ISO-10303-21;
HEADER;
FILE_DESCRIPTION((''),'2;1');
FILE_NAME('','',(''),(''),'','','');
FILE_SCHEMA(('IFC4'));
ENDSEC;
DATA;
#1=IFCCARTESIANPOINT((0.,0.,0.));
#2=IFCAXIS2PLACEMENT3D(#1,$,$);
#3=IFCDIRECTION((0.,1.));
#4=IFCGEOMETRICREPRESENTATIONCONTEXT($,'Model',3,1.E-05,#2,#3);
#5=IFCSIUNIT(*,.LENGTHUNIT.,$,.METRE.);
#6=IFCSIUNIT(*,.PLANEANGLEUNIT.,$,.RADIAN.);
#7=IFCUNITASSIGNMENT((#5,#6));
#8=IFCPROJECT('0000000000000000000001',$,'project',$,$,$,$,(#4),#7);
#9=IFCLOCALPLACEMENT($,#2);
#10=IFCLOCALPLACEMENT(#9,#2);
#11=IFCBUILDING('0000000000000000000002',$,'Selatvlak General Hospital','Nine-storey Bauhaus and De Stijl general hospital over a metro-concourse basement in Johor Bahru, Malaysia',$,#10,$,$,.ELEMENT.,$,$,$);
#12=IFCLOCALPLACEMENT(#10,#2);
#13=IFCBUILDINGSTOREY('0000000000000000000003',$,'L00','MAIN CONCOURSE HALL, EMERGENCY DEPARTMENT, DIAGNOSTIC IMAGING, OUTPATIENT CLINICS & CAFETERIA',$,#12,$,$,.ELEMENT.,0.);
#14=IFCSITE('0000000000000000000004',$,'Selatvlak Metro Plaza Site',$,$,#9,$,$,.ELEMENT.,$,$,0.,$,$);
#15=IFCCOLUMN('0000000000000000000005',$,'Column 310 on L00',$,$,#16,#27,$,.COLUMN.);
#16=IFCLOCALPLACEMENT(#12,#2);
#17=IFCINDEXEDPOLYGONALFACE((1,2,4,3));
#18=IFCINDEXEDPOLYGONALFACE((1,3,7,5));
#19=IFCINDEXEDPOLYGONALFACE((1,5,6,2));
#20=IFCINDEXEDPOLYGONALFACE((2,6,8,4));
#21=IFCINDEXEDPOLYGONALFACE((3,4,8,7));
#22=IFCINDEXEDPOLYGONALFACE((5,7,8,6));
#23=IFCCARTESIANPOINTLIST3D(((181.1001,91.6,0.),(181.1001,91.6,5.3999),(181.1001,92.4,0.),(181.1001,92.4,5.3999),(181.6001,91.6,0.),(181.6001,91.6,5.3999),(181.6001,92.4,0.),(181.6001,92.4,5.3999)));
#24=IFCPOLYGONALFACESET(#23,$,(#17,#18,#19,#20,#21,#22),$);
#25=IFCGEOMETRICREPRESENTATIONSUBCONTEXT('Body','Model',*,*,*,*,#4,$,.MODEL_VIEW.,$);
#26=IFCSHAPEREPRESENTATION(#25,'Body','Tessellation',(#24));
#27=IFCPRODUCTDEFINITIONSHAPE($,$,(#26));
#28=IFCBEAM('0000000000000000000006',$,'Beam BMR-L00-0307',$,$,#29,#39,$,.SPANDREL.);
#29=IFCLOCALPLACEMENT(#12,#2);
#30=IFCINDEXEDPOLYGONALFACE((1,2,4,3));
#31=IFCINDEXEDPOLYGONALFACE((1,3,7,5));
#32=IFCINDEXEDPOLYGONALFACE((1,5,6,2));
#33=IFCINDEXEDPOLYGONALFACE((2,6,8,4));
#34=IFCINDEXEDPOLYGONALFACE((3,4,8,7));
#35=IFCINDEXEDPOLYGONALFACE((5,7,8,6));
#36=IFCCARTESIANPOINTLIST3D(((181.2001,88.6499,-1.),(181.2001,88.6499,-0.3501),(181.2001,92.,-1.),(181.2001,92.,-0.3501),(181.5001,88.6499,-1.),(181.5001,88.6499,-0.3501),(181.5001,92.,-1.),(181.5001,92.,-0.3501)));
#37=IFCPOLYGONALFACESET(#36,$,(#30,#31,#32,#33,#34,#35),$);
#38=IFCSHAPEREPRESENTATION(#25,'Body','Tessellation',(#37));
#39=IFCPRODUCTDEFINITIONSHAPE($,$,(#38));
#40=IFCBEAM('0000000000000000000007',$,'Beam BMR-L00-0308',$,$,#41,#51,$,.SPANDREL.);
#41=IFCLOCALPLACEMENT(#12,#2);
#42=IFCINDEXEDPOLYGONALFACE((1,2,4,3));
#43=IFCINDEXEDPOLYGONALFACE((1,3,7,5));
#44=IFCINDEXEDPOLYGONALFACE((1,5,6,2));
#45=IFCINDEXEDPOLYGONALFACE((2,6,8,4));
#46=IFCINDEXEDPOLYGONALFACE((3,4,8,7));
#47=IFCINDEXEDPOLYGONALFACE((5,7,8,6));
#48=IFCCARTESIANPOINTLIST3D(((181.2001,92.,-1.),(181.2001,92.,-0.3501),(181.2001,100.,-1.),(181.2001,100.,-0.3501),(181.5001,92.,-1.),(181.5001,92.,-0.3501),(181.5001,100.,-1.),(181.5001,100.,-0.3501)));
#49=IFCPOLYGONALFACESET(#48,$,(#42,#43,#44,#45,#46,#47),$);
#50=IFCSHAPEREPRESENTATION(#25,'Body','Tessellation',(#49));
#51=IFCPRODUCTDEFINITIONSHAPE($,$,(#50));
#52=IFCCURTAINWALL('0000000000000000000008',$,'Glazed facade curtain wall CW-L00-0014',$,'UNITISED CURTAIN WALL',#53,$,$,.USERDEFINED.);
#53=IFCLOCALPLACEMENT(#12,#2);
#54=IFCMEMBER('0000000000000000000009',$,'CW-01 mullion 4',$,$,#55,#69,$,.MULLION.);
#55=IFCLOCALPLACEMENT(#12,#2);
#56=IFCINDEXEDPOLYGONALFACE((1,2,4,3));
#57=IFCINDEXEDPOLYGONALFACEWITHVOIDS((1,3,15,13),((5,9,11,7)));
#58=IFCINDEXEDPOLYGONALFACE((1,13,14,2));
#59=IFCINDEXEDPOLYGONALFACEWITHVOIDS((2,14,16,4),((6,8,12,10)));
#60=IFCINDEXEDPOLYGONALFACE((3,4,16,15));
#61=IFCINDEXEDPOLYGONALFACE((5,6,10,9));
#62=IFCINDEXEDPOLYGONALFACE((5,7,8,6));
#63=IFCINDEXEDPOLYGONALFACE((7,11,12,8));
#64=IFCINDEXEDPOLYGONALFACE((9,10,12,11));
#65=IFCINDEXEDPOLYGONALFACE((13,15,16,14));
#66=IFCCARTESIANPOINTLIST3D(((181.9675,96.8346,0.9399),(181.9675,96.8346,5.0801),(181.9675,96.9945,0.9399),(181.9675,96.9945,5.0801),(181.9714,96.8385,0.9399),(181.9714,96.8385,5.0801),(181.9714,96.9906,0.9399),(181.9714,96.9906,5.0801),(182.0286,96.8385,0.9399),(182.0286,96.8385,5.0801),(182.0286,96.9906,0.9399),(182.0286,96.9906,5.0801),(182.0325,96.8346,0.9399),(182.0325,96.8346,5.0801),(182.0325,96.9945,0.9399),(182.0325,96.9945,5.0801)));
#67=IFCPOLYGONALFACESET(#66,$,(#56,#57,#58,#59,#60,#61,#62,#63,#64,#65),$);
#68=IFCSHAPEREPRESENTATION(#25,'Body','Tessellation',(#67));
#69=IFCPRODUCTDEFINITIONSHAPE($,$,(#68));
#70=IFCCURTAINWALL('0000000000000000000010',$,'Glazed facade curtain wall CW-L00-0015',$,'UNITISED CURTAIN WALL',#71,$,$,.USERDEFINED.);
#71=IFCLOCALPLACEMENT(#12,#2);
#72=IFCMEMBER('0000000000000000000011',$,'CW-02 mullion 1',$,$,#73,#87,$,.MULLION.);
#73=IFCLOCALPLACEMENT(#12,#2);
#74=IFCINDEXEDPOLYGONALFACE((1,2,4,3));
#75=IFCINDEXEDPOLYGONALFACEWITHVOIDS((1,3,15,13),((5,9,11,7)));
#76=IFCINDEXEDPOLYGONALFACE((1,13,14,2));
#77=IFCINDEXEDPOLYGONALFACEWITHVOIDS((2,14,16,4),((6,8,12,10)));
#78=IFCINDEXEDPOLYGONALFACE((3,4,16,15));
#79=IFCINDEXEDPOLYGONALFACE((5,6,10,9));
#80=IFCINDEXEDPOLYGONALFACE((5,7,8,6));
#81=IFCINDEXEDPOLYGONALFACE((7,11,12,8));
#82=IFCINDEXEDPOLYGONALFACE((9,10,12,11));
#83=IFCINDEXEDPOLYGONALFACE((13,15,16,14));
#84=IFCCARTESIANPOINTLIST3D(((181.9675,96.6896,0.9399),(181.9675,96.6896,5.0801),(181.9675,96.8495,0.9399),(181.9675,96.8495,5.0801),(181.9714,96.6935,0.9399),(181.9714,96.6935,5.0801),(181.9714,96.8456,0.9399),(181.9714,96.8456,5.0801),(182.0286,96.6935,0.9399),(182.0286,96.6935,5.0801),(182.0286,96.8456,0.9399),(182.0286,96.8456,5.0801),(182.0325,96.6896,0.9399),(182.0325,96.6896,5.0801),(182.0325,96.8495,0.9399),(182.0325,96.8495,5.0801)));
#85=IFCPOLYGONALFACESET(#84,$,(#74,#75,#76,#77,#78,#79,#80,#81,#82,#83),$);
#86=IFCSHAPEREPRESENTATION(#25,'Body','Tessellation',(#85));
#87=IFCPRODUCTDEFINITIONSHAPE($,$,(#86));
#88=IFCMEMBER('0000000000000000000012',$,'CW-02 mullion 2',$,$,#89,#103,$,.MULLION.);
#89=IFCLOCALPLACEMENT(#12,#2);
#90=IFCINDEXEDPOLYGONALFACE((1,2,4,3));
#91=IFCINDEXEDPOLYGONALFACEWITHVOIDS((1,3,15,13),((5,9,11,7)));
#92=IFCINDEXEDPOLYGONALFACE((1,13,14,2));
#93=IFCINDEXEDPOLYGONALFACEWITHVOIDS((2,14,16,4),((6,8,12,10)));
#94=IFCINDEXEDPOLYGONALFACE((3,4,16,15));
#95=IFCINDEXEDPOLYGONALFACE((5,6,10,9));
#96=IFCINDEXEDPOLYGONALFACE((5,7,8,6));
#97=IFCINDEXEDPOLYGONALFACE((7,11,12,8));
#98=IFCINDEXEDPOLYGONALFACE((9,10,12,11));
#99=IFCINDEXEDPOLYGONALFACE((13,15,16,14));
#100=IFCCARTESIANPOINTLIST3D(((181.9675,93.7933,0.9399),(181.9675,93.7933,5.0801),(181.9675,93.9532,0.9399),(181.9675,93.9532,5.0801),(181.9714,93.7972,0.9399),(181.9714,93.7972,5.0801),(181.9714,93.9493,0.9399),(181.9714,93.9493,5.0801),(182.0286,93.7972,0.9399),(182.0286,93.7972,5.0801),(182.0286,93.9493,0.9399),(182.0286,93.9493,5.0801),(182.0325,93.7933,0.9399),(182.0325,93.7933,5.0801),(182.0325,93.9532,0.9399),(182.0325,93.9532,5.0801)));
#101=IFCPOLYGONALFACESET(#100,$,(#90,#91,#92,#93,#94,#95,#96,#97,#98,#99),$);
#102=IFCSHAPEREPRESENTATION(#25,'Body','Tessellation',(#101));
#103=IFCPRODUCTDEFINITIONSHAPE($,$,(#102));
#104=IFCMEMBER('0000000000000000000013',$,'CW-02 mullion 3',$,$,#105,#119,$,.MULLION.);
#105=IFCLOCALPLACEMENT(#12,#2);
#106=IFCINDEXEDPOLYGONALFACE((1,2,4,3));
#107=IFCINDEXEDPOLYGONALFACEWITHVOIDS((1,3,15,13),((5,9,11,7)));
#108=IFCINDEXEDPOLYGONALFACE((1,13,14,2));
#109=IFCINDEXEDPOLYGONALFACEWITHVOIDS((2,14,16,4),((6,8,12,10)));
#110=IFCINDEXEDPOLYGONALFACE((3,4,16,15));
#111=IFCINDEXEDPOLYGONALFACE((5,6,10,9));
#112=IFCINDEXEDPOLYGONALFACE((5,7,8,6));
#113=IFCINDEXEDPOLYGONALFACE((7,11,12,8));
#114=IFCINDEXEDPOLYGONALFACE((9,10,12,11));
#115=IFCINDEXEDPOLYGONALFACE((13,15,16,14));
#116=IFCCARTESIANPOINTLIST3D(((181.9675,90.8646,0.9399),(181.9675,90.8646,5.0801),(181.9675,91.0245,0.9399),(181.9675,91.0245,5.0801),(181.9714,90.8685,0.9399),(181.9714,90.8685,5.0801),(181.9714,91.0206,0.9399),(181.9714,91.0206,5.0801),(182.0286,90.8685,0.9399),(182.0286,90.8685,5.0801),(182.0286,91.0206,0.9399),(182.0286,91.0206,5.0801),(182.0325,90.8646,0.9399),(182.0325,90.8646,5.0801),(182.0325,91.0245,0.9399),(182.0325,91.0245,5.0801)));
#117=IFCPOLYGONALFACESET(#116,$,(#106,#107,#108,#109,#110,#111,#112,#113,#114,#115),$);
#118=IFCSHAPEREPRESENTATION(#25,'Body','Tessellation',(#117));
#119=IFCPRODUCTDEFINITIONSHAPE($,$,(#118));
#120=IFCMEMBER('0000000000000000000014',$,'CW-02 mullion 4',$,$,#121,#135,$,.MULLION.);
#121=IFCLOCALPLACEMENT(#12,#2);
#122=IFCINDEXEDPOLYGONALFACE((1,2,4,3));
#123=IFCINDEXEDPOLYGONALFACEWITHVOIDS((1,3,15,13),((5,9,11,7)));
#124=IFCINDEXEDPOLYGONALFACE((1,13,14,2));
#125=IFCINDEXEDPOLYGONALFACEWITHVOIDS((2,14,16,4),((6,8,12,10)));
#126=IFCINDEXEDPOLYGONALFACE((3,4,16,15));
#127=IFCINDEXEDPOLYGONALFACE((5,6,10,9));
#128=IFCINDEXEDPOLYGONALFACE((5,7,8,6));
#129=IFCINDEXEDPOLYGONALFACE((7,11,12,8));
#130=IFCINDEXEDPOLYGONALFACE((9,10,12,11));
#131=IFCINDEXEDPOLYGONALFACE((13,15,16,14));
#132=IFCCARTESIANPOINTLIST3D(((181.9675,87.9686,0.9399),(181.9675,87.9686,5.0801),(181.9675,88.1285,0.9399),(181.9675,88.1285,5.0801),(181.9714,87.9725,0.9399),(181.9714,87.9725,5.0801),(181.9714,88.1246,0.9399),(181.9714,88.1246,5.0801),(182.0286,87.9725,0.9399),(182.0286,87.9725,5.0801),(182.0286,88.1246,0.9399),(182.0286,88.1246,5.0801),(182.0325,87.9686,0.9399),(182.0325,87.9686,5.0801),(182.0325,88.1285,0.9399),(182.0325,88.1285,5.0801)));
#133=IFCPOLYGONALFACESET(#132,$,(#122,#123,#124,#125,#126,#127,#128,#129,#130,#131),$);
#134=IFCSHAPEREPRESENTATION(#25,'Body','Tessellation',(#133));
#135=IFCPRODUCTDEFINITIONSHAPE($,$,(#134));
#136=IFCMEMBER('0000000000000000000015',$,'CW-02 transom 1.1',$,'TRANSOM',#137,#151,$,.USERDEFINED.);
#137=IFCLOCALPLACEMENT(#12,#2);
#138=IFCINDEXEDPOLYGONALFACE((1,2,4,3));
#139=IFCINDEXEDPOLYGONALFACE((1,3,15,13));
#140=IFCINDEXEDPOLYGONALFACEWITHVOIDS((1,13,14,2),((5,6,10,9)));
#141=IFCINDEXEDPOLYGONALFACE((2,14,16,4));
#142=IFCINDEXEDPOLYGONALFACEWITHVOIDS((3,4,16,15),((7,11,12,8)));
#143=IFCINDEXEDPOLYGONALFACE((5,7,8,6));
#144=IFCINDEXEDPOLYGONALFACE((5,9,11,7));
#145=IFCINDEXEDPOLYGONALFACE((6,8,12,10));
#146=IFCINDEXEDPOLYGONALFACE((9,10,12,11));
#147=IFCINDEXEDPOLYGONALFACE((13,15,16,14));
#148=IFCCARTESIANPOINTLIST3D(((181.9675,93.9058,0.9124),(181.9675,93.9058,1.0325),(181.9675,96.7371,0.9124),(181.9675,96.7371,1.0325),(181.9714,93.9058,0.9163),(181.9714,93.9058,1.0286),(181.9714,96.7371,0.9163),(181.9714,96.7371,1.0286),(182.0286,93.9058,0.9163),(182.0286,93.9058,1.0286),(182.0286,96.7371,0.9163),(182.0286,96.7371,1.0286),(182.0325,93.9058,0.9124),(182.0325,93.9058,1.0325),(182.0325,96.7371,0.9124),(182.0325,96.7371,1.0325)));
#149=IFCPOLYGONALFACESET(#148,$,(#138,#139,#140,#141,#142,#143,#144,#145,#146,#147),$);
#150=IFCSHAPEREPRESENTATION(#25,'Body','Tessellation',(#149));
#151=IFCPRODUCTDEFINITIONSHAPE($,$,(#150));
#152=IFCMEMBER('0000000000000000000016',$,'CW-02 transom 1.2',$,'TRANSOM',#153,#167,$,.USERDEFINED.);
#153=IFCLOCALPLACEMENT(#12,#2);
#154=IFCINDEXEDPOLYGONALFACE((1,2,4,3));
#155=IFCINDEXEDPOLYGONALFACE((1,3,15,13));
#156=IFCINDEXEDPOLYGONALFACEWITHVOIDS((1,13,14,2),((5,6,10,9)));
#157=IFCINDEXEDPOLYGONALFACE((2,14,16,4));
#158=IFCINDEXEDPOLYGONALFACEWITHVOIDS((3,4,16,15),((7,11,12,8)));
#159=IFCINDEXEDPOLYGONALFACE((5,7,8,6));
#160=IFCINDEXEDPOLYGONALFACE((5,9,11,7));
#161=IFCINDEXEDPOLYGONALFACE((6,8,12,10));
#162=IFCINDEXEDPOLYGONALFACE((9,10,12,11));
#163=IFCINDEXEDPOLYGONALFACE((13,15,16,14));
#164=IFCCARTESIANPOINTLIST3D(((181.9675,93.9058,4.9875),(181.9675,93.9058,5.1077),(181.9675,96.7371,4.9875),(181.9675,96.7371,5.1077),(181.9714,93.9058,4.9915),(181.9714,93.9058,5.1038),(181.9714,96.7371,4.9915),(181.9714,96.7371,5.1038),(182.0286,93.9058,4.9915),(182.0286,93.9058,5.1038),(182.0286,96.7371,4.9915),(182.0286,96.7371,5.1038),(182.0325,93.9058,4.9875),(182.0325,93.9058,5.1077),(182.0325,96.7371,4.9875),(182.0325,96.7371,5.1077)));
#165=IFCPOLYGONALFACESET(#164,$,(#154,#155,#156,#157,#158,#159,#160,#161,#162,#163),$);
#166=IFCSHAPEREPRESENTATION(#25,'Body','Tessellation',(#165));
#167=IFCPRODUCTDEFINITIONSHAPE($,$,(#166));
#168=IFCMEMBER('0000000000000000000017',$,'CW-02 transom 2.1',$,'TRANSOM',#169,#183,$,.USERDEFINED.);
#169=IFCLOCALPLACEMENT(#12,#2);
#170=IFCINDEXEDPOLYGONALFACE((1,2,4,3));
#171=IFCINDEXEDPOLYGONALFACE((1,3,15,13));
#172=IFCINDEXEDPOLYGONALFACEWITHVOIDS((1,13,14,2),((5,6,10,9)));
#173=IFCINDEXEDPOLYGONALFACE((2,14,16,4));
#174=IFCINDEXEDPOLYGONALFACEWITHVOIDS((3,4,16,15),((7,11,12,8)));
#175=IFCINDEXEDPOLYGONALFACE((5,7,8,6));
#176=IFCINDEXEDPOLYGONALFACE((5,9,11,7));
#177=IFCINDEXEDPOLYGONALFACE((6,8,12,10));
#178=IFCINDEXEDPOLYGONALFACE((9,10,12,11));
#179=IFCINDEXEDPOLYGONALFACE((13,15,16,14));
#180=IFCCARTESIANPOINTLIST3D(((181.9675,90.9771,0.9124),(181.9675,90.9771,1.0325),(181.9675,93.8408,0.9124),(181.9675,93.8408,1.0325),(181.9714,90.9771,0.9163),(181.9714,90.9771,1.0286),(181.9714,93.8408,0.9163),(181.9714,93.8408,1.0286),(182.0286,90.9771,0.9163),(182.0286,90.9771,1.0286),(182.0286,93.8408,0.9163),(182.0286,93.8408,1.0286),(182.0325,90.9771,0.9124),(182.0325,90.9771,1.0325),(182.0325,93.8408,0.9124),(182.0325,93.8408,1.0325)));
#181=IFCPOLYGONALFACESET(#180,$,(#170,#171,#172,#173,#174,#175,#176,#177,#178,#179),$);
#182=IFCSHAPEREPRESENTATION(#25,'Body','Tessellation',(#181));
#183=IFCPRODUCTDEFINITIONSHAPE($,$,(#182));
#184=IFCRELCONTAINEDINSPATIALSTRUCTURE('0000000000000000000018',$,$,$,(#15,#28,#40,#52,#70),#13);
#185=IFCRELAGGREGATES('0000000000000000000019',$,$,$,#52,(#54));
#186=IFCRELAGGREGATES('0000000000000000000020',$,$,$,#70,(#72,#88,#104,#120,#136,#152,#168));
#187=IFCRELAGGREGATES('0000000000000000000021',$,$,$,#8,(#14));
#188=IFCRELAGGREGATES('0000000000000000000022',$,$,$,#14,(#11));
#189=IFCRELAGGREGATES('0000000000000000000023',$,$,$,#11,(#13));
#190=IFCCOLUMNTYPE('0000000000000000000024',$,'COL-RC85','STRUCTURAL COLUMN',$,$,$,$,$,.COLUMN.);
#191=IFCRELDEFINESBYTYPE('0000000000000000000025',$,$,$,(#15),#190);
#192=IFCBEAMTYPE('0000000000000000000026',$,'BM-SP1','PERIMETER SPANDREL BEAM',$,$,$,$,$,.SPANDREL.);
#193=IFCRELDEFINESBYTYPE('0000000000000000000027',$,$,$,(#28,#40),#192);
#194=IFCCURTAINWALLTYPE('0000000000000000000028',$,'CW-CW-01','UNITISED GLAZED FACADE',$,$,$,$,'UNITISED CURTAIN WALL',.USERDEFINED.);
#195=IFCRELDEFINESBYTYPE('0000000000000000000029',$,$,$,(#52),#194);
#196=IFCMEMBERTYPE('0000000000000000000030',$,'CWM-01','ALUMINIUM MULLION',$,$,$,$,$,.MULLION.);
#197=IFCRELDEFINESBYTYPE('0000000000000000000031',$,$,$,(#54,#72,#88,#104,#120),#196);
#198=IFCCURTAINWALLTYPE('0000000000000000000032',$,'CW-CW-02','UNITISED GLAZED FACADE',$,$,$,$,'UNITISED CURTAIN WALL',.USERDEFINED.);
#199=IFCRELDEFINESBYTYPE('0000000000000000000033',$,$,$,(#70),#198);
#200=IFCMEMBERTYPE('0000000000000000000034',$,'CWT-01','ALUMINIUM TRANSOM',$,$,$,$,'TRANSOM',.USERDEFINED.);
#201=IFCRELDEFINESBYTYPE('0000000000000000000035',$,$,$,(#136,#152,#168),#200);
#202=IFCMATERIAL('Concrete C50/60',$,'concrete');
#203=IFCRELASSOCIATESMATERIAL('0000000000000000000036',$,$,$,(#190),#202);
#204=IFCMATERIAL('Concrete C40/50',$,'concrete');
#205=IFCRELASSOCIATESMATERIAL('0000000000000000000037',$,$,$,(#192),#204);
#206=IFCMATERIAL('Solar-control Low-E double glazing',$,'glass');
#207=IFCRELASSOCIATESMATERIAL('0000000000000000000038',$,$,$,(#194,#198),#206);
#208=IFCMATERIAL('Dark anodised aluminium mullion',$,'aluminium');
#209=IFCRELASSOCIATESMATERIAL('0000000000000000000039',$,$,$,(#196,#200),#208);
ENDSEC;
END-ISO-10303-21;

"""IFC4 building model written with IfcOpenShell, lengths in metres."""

from ifc_helpers import new_model, si_unit, direction, frame, origin, origin_2d, place, context, subcontext, project, spatial, rectangle, hollow_rectangle, extrude, material, material_profile, profile_set, type_object, element, aggregate, save


model = new_model("IFC4")

# Units and contexts
model_context = context("Model", 3, precision=1e-05, world=origin(), true_north=direction((0.0, 1.0)))
body_context = subcontext(model_context, "Body", "Model", "MODEL_VIEW")
ifc_project = project(units=[si_unit("LENGTHUNIT", "METRE"), si_unit("PLANEANGLEUNIT", "RADIAN")], contexts=[model_context])

# Site, building, storey
site_placement = place(None, origin())
site = spatial("IfcSite", under=ifc_project, at=site_placement, Name="Selatvlak Metro Plaza Site", CompositionType="ELEMENT", RefElevation=0.0)
building_placement = place(site_placement, origin())
building = spatial("IfcBuilding", under=site, at=building_placement, Name="Selatvlak General Hospital", Description="Nine-storey Bauhaus and De Stijl general hospital over a metro-concourse basement in Johor Bahru, Malaysia", CompositionType="ELEMENT")
storey_placement = place(building_placement, origin())
storey = spatial("IfcBuildingStorey", under=building, at=storey_placement, Name="L00", Description="MAIN CONCOURSE HALL, EMERGENCY DEPARTMENT, DIAGNOSTIC IMAGING, OUTPATIENT CLINICS & CAFETERIA", CompositionType="ELEMENT", Elevation=0.0)

# Column
ifc_material_1 = material(Name="Concrete C50/60", Category="concrete")
ifc_material_profile_1 = material_profile(ifc_material_1, rectangle(XDim=0.5, YDim=0.8, at=origin_2d()), Name="RC-COL 800x500")
ifc_profile_set_1 = profile_set([ifc_material_profile_1], Name="Concrete C50/60")
column_type = type_object("IfcColumnType", Name="COL-RC85", Description="STRUCTURAL COLUMN", PredefinedType="COLUMN", material=ifc_profile_set_1)
column_placement = place(storey_placement, frame((181.3501, 92.0, 0.0), z_axis=(0.0, 0.0, 1.0), x_axis=(1.0, 0.0, 0.0)))
element("IfcColumn", 1, at=column_placement, inside=storey, type_object=column_type, Name="Column 310 on L00", PredefinedType="COLUMN", context=body_context, shape_type="SweptSolid", body=[
    extrude(rectangle(XDim=0.5, YDim=0.8, at=origin_2d()), origin(), (0.0, 0.0, 1.0), 5.3999),
])

# Beams
ifc_material_2 = material(Name="Concrete C40/50", Category="concrete")
ifc_material_profile_2 = material_profile(ifc_material_2, rectangle(XDim=0.3, YDim=0.6499, at=origin_2d()), Name="RC-SP 300x650")
ifc_profile_set_2 = profile_set([ifc_material_profile_2], Name="Concrete C40/50")
beam_type = type_object("IfcBeamType", Name="BM-SP1", Description="PERIMETER SPANDREL BEAM", PredefinedType="SPANDREL", material=ifc_profile_set_2)
beam_1_placement = place(storey_placement, frame((181.3501, 88.6499, -0.675), z_axis=(0.0, 1.0, 0.0), x_axis=(-1.0, 0.0, 0.0)))
element("IfcBeam", 2, at=beam_1_placement, inside=storey, type_object=beam_type, Name="Beam BMR-L00-0307", PredefinedType="SPANDREL", context=body_context, shape_type="SweptSolid", body=[
    extrude(rectangle(XDim=0.3, YDim=0.6499, at=origin_2d()), origin(), (0.0, 0.0, 1.0), 3.3501),
])
beam_2_placement = place(storey_placement, frame((181.3501, 92.0, -0.675), z_axis=(0.0, 1.0, 0.0), x_axis=(-1.0, 0.0, 0.0)))
element("IfcBeam", 3, at=beam_2_placement, inside=storey, type_object=beam_type, Name="Beam BMR-L00-0308", PredefinedType="SPANDREL", context=body_context, shape_type="SweptSolid", body=[
    extrude(rectangle(XDim=0.3, YDim=0.6499, at=origin_2d()), origin(), (0.0, 0.0, 1.0), 8.0),
])

# Curtain wall, member
ifc_material_3 = material(Name="Solar-control Low-E double glazing", Category="glass")
curtain_wall_type_1 = type_object("IfcCurtainWallType", Name="CW-CW-01", Description="UNITISED GLAZED FACADE", ElementType="UNITISED CURTAIN WALL", PredefinedType="USERDEFINED", material=ifc_material_3)
curtain_wall_1_placement = place(storey_placement, origin())
curtain_wall_1 = element("IfcCurtainWall", 4, at=curtain_wall_1_placement, inside=storey, type_object=curtain_wall_type_1, Name="Glazed facade curtain wall CW-L00-0014", ObjectType="UNITISED CURTAIN WALL", PredefinedType="USERDEFINED")
ifc_material_4 = material(Name="Dark anodised aluminium mullion", Category="aluminium")
ifc_material_profile_3 = material_profile(ifc_material_4, hollow_rectangle(XDim=0.0649, YDim=0.1599, WallThickness=0.0039, at=origin_2d()), Name="AL-MUL 65x160x4")
ifc_profile_set_3 = profile_set([ifc_material_profile_3], Name="Dark anodised aluminium mullion")
member_type_1 = type_object("IfcMemberType", Name="CWM-01", Description="ALUMINIUM MULLION", PredefinedType="MULLION", material=ifc_profile_set_3)
member_1_placement = place(storey_placement, frame((182.0, 96.9146, 0.9399), z_axis=(0.0, 0.0, 1.0), x_axis=(1.0, 0.000113, 0.0)))
member_1 = element("IfcMember", 5, at=member_1_placement, type_object=member_type_1, Name="CW-01 mullion 4", PredefinedType="MULLION", context=body_context, shape_type="SweptSolid", body=[
    extrude(hollow_rectangle(XDim=0.0649, YDim=0.1599, WallThickness=0.0039, at=origin_2d()), origin(), (0.0, 0.0, 1.0), 4.1401),
])

# Curtain wall, members
curtain_wall_type_2 = type_object("IfcCurtainWallType", Name="CW-CW-02", Description="UNITISED GLAZED FACADE", ElementType="UNITISED CURTAIN WALL", PredefinedType="USERDEFINED", material=ifc_material_3)
curtain_wall_2_placement = place(storey_placement, origin())
curtain_wall_2 = element("IfcCurtainWall", 6, at=curtain_wall_2_placement, inside=storey, type_object=curtain_wall_type_2, Name="Glazed facade curtain wall CW-L00-0015", ObjectType="UNITISED CURTAIN WALL", PredefinedType="USERDEFINED")
member_2_placement = place(storey_placement, frame((182.0, 96.7695, 0.9399), z_axis=(0.0, 0.0, 1.0), x_axis=(1.0, 0.0, 0.0)))
member_2 = element("IfcMember", 7, at=member_2_placement, type_object=member_type_1, Name="CW-02 mullion 1", PredefinedType="MULLION", context=body_context, shape_type="SweptSolid", body=[
    extrude(hollow_rectangle(XDim=0.0649, YDim=0.1599, WallThickness=0.0039, at=origin_2d()), origin(), (0.0, 0.0, 1.0), 4.1401),
])
member_3_placement = place(storey_placement, frame((182.0, 93.8733, 0.9399), z_axis=(0.0, 0.0, 1.0), x_axis=(1.0, 0.0, 0.0)))
member_3 = element("IfcMember", 8, at=member_3_placement, type_object=member_type_1, Name="CW-02 mullion 2", PredefinedType="MULLION", context=body_context, shape_type="SweptSolid", body=[
    extrude(hollow_rectangle(XDim=0.0649, YDim=0.1599, WallThickness=0.0039, at=origin_2d()), origin(), (0.0, 0.0, 1.0), 4.1401),
])
member_4_placement = place(storey_placement, frame((182.0, 90.9446, 0.9399), z_axis=(0.0, 0.0, 1.0), x_axis=(1.0, 0.0, 0.0)))
member_4 = element("IfcMember", 9, at=member_4_placement, type_object=member_type_1, Name="CW-02 mullion 3", PredefinedType="MULLION", context=body_context, shape_type="SweptSolid", body=[
    extrude(hollow_rectangle(XDim=0.0649, YDim=0.1599, WallThickness=0.0039, at=origin_2d()), origin(), (0.0, 0.0, 1.0), 4.1401),
])
member_5_placement = place(storey_placement, frame((182.0, 88.0486, 0.9399), z_axis=(0.0, 0.0, 1.0), x_axis=(1.0, 0.0, 0.0)))
member_5 = element("IfcMember", 10, at=member_5_placement, type_object=member_type_1, Name="CW-02 mullion 4", PredefinedType="MULLION", context=body_context, shape_type="SweptSolid", body=[
    extrude(hollow_rectangle(XDim=0.0649, YDim=0.1599, WallThickness=0.0039, at=origin_2d()), origin(), (0.0, 0.0, 1.0), 4.1401),
])
ifc_material_profile_4 = material_profile(ifc_material_4, hollow_rectangle(XDim=0.0649, YDim=0.1201, WallThickness=0.0039, at=origin_2d()), Name="AL-TRN 65x120x4")
ifc_profile_set_4 = profile_set([ifc_material_profile_4], Name="Dark anodised aluminium mullion")
member_type_2 = type_object("IfcMemberType", Name="CWT-01", Description="ALUMINIUM TRANSOM", ElementType="TRANSOM", PredefinedType="USERDEFINED", material=ifc_profile_set_4)
member_6_placement = place(storey_placement, frame((182.0, 96.7371, 0.9724), z_axis=(0.0, -1.0, 0.0), x_axis=(1.0, 0.0, 0.0)))
member_6 = element("IfcMember", 11, at=member_6_placement, type_object=member_type_2, Name="CW-02 transom 1.1", ObjectType="TRANSOM", PredefinedType="USERDEFINED", context=body_context, shape_type="SweptSolid", body=[
    extrude(hollow_rectangle(XDim=0.0649, YDim=0.1201, WallThickness=0.0039, at=origin_2d()), origin(), (0.0, 0.0, 1.0), 2.8313),
])
member_7_placement = place(storey_placement, frame((182.0, 96.7371, 5.0476), z_axis=(0.0, -1.0, 0.0), x_axis=(1.0, 0.0, 0.0)))
member_7 = element("IfcMember", 12, at=member_7_placement, type_object=member_type_2, Name="CW-02 transom 1.2", ObjectType="TRANSOM", PredefinedType="USERDEFINED", context=body_context, shape_type="SweptSolid", body=[
    extrude(hollow_rectangle(XDim=0.0649, YDim=0.1201, WallThickness=0.0039, at=origin_2d()), origin(), (0.0, 0.0, 1.0), 2.8313),
])
member_8_placement = place(storey_placement, frame((182.0, 93.8408, 0.9724), z_axis=(0.0, -1.0, 0.0), x_axis=(1.0, 0.0, 0.0)))
member_8 = element("IfcMember", 13, at=member_8_placement, type_object=member_type_2, Name="CW-02 transom 2.1", ObjectType="TRANSOM", PredefinedType="USERDEFINED", context=body_context, shape_type="SweptSolid", body=[
    extrude(hollow_rectangle(XDim=0.0649, YDim=0.1201, WallThickness=0.0039, at=origin_2d()), origin(), (0.0, 0.0, 1.0), 2.8638),
])

aggregate(curtain_wall_1, [member_1])
aggregate(curtain_wall_2, [member_2, member_3, member_4, member_5, member_6, member_7, member_8])

save(model, "model.ifc")
